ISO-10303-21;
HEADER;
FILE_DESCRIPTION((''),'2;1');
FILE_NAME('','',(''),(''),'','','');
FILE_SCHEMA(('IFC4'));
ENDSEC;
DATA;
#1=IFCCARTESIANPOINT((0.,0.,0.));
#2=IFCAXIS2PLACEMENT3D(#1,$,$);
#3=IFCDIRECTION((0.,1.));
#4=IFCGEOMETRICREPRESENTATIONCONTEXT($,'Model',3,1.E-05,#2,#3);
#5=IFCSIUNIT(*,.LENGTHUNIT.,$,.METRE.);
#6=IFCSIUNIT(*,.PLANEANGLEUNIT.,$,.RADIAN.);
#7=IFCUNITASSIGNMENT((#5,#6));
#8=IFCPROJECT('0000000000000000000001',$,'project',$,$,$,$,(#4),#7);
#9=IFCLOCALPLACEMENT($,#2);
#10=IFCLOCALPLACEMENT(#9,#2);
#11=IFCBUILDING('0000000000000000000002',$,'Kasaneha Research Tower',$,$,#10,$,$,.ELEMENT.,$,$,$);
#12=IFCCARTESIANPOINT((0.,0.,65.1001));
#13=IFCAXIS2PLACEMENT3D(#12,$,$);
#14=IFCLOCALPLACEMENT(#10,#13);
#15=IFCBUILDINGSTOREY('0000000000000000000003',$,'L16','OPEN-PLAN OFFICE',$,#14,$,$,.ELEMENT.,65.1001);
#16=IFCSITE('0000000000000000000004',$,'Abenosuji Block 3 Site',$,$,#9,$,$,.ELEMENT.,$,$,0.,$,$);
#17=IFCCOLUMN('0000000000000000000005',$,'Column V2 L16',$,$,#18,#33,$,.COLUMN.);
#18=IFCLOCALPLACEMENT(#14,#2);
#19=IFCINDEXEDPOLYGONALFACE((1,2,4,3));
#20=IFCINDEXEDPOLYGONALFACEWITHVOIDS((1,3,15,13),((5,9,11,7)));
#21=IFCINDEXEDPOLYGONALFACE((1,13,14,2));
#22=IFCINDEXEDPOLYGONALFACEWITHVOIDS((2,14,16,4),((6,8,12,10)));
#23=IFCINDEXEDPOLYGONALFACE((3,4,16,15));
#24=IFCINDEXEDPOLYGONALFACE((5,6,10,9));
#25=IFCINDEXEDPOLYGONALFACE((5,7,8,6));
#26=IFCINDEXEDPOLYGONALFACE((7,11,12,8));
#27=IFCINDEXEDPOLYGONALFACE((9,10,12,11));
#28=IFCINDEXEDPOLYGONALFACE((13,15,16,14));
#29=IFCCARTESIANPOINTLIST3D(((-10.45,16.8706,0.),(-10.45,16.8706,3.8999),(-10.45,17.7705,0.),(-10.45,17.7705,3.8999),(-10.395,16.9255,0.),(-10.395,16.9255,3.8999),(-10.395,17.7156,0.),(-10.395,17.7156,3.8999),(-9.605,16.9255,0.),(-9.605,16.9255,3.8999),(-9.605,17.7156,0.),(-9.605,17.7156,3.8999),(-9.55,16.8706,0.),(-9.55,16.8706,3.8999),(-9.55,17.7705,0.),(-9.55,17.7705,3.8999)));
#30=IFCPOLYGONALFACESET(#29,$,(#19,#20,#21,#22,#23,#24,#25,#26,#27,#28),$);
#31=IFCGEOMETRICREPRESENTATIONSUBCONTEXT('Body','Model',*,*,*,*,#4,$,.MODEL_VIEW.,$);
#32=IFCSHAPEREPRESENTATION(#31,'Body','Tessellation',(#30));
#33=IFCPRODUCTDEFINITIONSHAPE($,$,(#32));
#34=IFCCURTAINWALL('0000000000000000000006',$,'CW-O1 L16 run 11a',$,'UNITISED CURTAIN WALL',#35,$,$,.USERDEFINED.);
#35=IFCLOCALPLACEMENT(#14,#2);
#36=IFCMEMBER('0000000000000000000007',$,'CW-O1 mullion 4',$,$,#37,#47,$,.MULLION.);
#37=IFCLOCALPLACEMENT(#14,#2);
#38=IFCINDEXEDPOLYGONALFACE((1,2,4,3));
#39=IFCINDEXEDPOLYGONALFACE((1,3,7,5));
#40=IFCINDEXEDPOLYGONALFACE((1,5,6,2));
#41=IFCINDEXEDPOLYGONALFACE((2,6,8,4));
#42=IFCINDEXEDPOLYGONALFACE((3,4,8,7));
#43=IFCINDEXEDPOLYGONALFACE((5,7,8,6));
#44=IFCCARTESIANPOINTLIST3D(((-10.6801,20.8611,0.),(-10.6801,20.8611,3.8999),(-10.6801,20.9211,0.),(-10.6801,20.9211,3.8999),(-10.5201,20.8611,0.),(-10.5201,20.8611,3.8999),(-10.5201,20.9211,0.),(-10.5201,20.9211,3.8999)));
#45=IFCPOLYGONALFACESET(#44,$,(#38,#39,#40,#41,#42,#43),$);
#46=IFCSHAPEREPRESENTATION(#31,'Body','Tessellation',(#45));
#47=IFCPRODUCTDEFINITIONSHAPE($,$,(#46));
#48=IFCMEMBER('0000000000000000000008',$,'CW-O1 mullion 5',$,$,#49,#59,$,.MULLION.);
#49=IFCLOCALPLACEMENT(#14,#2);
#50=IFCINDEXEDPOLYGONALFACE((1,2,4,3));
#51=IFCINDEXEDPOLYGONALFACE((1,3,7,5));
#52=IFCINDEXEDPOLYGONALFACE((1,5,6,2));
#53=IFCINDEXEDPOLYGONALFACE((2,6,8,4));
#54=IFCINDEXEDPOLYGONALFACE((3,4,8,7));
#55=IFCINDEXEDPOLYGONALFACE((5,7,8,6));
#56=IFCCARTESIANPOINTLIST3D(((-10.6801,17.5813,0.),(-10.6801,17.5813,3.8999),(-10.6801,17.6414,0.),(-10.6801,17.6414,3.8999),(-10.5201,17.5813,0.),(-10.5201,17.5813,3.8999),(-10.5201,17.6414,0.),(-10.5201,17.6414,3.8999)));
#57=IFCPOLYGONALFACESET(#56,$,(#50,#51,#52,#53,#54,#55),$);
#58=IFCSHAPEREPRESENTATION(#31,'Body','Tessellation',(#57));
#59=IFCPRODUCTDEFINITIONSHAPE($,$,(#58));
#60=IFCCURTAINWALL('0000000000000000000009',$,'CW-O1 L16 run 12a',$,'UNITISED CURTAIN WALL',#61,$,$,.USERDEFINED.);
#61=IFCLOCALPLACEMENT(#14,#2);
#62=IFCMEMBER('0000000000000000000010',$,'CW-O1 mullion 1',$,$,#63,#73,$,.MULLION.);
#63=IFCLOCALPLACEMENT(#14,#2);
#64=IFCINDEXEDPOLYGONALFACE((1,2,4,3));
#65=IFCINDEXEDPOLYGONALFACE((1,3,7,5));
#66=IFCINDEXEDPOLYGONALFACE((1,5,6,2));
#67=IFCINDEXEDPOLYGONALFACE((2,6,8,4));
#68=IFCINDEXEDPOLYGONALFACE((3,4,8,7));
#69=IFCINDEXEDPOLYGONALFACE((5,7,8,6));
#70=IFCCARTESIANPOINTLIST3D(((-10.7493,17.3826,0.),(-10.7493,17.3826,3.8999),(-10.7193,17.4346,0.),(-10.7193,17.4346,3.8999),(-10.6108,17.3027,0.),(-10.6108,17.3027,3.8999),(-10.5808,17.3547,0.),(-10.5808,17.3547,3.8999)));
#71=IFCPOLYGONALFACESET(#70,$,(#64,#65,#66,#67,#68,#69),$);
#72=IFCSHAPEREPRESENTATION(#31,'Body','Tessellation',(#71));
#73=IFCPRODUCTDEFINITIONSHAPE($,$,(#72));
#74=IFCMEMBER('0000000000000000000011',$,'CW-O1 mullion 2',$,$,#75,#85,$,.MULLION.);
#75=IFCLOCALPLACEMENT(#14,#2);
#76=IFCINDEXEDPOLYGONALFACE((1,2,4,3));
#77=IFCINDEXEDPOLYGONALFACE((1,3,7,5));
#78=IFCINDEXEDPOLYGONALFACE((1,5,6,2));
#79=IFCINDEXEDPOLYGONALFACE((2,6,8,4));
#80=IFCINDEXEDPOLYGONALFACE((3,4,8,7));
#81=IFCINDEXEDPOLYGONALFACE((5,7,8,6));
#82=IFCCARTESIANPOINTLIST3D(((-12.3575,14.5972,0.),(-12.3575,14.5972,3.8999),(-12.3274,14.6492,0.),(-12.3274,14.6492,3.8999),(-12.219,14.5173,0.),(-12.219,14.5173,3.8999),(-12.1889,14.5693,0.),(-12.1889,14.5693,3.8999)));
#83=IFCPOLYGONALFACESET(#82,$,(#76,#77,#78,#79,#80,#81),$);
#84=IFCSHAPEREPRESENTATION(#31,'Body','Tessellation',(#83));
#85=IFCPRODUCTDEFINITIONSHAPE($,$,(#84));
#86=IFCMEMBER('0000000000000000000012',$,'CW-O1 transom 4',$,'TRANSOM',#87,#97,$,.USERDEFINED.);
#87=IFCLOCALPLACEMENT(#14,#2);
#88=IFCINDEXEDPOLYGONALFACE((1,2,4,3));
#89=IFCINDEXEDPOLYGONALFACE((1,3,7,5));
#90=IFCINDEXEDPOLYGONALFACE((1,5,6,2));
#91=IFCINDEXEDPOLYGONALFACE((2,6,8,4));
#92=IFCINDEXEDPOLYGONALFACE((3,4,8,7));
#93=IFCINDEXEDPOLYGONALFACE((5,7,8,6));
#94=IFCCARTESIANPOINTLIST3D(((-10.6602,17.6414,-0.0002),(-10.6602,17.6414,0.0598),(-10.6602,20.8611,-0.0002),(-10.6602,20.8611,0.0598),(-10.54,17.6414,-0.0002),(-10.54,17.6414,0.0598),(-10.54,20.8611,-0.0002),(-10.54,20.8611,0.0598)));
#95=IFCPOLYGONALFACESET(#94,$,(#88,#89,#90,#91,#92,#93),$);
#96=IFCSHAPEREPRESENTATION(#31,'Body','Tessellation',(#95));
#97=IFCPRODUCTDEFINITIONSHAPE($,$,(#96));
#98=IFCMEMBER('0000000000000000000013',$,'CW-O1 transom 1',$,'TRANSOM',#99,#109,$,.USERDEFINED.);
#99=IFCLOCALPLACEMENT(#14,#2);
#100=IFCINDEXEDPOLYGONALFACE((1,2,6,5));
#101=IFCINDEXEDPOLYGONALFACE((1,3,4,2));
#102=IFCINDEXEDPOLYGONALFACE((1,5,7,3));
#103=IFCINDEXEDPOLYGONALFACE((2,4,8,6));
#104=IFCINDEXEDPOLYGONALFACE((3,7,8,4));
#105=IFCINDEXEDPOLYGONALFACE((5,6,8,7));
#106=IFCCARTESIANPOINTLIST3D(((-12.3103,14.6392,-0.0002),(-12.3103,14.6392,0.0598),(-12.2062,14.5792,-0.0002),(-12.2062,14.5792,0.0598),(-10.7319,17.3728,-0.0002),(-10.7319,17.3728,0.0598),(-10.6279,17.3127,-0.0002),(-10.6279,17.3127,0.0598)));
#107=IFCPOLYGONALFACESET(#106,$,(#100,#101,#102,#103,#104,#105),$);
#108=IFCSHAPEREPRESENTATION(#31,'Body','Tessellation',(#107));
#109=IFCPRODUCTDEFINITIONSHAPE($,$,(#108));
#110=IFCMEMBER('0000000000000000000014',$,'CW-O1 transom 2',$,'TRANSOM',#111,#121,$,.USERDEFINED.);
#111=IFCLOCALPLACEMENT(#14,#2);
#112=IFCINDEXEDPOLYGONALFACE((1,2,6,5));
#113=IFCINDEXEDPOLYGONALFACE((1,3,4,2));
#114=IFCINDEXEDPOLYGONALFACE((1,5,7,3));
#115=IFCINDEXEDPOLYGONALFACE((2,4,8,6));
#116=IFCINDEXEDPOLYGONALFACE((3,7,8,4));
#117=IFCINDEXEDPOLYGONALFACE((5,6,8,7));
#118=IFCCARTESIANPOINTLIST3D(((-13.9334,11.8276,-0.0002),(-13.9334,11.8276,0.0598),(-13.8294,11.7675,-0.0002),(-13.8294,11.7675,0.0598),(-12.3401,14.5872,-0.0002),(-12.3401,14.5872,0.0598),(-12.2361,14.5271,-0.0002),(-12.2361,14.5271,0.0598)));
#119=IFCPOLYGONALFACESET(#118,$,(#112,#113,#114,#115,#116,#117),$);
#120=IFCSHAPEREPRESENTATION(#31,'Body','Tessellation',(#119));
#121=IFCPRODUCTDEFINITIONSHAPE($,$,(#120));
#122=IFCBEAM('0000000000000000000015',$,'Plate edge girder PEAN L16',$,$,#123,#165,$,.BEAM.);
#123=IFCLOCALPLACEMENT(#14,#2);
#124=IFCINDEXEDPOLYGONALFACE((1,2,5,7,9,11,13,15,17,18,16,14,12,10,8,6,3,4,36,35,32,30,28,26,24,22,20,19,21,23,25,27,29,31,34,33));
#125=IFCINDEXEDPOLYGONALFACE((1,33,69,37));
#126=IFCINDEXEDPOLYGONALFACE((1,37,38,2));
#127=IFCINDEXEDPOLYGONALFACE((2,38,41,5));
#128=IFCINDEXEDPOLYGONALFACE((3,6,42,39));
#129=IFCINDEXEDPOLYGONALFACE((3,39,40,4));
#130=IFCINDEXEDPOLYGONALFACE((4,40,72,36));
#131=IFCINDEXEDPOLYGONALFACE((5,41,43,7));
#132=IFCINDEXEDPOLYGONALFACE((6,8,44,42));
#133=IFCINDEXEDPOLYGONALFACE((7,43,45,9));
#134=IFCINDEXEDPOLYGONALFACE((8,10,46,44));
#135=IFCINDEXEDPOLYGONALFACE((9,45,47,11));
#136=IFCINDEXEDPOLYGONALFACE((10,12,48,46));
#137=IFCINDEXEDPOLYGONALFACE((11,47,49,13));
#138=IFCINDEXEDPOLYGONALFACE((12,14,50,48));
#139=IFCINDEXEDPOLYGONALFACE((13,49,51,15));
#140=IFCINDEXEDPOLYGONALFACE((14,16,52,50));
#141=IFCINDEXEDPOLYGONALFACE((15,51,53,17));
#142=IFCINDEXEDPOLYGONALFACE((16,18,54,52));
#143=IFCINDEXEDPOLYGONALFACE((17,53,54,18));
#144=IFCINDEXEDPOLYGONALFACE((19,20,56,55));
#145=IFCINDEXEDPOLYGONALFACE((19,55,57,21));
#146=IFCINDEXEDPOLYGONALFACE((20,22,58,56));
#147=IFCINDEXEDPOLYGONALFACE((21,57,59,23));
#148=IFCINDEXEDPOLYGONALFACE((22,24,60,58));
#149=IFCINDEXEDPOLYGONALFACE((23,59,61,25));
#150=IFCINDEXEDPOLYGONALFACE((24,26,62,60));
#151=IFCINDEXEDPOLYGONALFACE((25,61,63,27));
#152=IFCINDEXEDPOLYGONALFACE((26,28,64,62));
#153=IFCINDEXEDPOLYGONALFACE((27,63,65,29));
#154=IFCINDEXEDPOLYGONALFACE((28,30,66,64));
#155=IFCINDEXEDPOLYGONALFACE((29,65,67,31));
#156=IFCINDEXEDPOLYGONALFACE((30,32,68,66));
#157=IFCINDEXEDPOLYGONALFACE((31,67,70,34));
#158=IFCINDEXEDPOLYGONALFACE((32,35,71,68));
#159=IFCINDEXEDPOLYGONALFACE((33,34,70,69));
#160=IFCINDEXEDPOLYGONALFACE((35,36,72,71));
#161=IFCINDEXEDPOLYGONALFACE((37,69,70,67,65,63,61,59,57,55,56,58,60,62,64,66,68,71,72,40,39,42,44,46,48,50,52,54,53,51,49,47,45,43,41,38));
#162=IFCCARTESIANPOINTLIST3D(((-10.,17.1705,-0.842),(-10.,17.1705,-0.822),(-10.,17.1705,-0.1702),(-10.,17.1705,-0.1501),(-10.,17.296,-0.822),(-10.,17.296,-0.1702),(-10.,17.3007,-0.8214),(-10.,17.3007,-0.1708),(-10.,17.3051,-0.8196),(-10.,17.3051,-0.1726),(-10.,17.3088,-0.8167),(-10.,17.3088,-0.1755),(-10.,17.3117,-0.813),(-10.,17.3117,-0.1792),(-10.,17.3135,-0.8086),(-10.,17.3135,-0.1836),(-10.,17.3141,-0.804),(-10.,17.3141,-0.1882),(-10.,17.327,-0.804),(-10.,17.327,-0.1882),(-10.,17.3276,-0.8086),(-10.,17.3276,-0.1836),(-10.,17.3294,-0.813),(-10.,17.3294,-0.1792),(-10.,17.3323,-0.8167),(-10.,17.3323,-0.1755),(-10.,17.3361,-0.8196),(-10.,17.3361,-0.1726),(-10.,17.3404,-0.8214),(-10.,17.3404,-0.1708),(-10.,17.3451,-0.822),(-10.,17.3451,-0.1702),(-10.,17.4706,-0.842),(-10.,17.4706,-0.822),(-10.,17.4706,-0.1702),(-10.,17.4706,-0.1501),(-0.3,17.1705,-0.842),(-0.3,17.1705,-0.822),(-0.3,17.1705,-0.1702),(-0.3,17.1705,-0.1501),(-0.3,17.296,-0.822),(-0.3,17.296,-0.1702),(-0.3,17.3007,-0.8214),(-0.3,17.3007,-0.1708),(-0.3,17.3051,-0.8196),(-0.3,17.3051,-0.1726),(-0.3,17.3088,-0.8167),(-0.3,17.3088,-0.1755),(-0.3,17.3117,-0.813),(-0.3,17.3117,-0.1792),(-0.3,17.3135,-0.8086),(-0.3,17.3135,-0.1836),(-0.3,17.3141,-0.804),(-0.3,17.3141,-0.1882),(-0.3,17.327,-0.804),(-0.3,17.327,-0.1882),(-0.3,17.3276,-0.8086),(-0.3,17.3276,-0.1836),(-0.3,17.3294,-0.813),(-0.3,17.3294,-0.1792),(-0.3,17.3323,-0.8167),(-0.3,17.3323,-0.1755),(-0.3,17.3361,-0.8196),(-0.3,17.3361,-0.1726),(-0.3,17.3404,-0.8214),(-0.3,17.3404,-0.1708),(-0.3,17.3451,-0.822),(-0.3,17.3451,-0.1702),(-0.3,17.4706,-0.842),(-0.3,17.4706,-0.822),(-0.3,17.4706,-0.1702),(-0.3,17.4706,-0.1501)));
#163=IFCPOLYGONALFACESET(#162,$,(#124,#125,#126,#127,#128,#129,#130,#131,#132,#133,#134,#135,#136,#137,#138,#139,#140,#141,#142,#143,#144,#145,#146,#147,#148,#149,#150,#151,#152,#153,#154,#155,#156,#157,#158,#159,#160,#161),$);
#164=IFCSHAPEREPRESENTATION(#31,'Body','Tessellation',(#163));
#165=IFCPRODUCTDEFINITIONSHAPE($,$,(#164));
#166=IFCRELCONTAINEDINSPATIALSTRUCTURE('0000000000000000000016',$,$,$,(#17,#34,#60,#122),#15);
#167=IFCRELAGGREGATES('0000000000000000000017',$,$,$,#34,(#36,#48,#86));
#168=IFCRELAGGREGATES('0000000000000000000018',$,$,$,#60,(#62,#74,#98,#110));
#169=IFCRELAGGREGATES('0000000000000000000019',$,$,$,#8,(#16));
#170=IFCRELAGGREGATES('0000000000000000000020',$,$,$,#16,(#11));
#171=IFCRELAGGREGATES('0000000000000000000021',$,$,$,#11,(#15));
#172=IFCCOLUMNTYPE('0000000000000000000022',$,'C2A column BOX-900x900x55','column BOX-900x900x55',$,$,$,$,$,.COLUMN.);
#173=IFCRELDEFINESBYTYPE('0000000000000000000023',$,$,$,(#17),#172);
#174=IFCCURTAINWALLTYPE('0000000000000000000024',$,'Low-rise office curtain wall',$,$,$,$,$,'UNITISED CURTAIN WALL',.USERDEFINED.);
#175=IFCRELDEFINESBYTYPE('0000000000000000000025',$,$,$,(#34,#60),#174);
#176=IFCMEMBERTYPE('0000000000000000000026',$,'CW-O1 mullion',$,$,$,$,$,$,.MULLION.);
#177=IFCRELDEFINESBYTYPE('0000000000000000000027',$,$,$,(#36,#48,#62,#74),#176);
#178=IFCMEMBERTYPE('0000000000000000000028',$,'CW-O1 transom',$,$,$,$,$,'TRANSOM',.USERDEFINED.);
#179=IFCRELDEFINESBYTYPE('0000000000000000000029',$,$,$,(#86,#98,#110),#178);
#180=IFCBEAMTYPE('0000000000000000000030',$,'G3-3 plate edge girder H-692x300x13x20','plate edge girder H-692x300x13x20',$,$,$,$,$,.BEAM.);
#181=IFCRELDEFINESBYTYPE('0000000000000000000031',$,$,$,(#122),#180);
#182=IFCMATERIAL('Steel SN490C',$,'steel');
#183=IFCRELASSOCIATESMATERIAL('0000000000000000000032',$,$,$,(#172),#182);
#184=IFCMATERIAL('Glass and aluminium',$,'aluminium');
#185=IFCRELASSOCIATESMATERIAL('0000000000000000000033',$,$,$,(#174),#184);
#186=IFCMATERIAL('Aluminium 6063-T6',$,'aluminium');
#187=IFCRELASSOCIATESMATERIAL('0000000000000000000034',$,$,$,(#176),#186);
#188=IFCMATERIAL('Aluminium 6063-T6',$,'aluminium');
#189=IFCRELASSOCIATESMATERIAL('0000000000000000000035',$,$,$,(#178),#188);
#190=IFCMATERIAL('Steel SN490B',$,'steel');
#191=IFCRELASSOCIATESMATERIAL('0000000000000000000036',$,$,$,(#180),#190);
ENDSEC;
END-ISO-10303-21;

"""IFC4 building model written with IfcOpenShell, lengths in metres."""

from ifc_helpers import new_model, si_unit, direction, frame, origin, origin_2d, place, context, subcontext, project, spatial, rectangle, hollow_rectangle, i_section, extrude, material, material_profile, profile_set, type_object, element, aggregate, save


model = new_model("IFC4")

# Units and contexts
model_context = context("Model", 3, precision=1e-05, world=origin(), true_north=direction((0.0, 1.0)))
body_context = subcontext(model_context, "Body", "Model", "MODEL_VIEW")
ifc_project = project(units=[si_unit("LENGTHUNIT", "METRE"), si_unit("PLANEANGLEUNIT", "RADIAN")], contexts=[model_context])

# Site, building, storey
site_placement = place(None, origin())
site = spatial("IfcSite", under=ifc_project, at=site_placement, Name="Abenosuji Block 3 Site", CompositionType="ELEMENT", RefElevation=0.0)
building_placement = place(site_placement, origin())
building = spatial("IfcBuilding", under=site, at=building_placement, Name="Kasaneha Research Tower", CompositionType="ELEMENT")
storey_placement = place(building_placement, frame((0.0, 0.0, 65.1001)))
storey = spatial("IfcBuildingStorey", under=building, at=storey_placement, Name="L16", Description="OPEN-PLAN OFFICE", CompositionType="ELEMENT", Elevation=65.1001)

# Column
ifc_material_1 = material(Name="Steel SN490C", Category="steel")
ifc_material_profile_1 = material_profile(ifc_material_1, hollow_rectangle(XDim=0.8999, YDim=0.8999, WallThickness=0.0549, at=origin_2d()), Name="BOX-900x900x55")
ifc_profile_set_1 = profile_set([ifc_material_profile_1], Name="Steel SN490C")
column_type = type_object("IfcColumnType", Name="C2A column BOX-900x900x55", Description="column BOX-900x900x55", PredefinedType="COLUMN", material=ifc_profile_set_1)
column_placement = place(storey_placement, frame((-10.0, 17.3206, 0.0), z_axis=(0.0, 0.0, 1.0), x_axis=(1.0, 0.0, 0.0)))
element("IfcColumn", 1, at=column_placement, inside=storey, type_object=column_type, Name="Column V2 L16", PredefinedType="COLUMN", context=body_context, shape_type="SweptSolid", body=[
    extrude(hollow_rectangle(XDim=0.8999, YDim=0.8999, WallThickness=0.0549, at=origin_2d()), origin(), (0.0, 0.0, 1.0), 3.8999),
])

# Curtain walls, members
ifc_material_2 = material(Name="Glass and aluminium", Category="aluminium")
curtain_wall_type = type_object("IfcCurtainWallType", Name="Low-rise office curtain wall", ElementType="UNITISED CURTAIN WALL", PredefinedType="USERDEFINED", material=ifc_material_2)
curtain_wall_1_placement = place(storey_placement, origin())
curtain_wall_1 = element("IfcCurtainWall", 2, at=curtain_wall_1_placement, inside=storey, type_object=curtain_wall_type, Name="CW-O1 L16 run 11a", ObjectType="UNITISED CURTAIN WALL", PredefinedType="USERDEFINED")
ifc_material_3 = material(Name="Aluminium 6063-T6", Category="aluminium")
ifc_material_profile_2 = material_profile(ifc_material_3, rectangle(XDim=0.0601, YDim=0.1599, at=origin_2d()), Name="CW-O1 mullion 60x160")
ifc_profile_set_2 = profile_set([ifc_material_profile_2], Name="Aluminium 6063-T6")
member_type_1 = type_object("IfcMemberType", Name="CW-O1 mullion", PredefinedType="MULLION", material=ifc_profile_set_2)
member_1_placement = place(storey_placement, frame((-10.6001, 20.8911, 0.0), z_axis=(0.0, 0.0, 1.0), x_axis=(0.0, -1.0, 0.0)))
member_1 = element("IfcMember", 3, at=member_1_placement, type_object=member_type_1, Name="CW-O1 mullion 4", PredefinedType="MULLION", context=body_context, shape_type="SweptSolid", body=[
    extrude(rectangle(XDim=0.0601, YDim=0.1599, at=origin_2d()), origin(), (0.0, 0.0, 1.0), 3.8999),
])
member_2_placement = place(storey_placement, frame((-10.6001, 17.6113, 0.0), z_axis=(0.0, 0.0, 1.0), x_axis=(0.0, -1.0, 0.0)))
member_2 = element("IfcMember", 4, at=member_2_placement, type_object=member_type_1, Name="CW-O1 mullion 5", PredefinedType="MULLION", context=body_context, shape_type="SweptSolid", body=[
    extrude(rectangle(XDim=0.0601, YDim=0.1599, at=origin_2d()), origin(), (0.0, 0.0, 1.0), 3.8999),
])
curtain_wall_2_placement = place(storey_placement, origin())
curtain_wall_2 = element("IfcCurtainWall", 5, at=curtain_wall_2_placement, inside=storey, type_object=curtain_wall_type, Name="CW-O1 L16 run 12a", ObjectType="UNITISED CURTAIN WALL", PredefinedType="USERDEFINED")
member_3_placement = place(storey_placement, frame((-10.665, 17.3687, 0.0), z_axis=(0.0, 0.0, 1.0), x_axis=(-0.5, -0.866025, 0.0)))
member_3 = element("IfcMember", 6, at=member_3_placement, type_object=member_type_1, Name="CW-O1 mullion 1", PredefinedType="MULLION", context=body_context, shape_type="SweptSolid", body=[
    extrude(rectangle(XDim=0.0601, YDim=0.1599, at=origin_2d()), origin(), (0.0, 0.0, 1.0), 3.8999),
])
member_4_placement = place(storey_placement, frame((-12.2732, 14.5833, 0.0), z_axis=(0.0, 0.0, 1.0), x_axis=(-0.5, -0.866025, 0.0)))
member_4 = element("IfcMember", 7, at=member_4_placement, type_object=member_type_1, Name="CW-O1 mullion 2", PredefinedType="MULLION", context=body_context, shape_type="SweptSolid", body=[
    extrude(rectangle(XDim=0.0601, YDim=0.1599, at=origin_2d()), origin(), (0.0, 0.0, 1.0), 3.8999),
])

# Members
ifc_material_4 = material(Name="Aluminium 6063-T6", Category="aluminium")
ifc_material_profile_3 = material_profile(ifc_material_4, rectangle(XDim=0.1201, YDim=0.0601, at=origin_2d()), Name="CW-O1 transom 120x60")
ifc_profile_set_3 = profile_set([ifc_material_profile_3], Name="Aluminium 6063-T6")
member_type_2 = type_object("IfcMemberType", Name="CW-O1 transom", ElementType="TRANSOM", PredefinedType="USERDEFINED", material=ifc_profile_set_3)
member_5_placement = place(storey_placement, frame((-10.6001, 20.8611, 0.0298), z_axis=(0.0, -1.0, 0.0), x_axis=(1.0, 0.0, 0.0)))
member_5 = element("IfcMember", 8, at=member_5_placement, type_object=member_type_2, Name="CW-O1 transom 4", ObjectType="TRANSOM", PredefinedType="USERDEFINED", context=body_context, shape_type="SweptSolid", body=[
    extrude(rectangle(XDim=0.1201, YDim=0.0601, at=origin_2d()), origin(), (0.0, 0.0, 1.0), 3.2197),
])
member_6_placement = place(storey_placement, frame((-10.6799, 17.3428, 0.0298), z_axis=(-0.500024, -0.866012, 0.0), x_axis=(0.866012, -0.500024, 0.0)))
member_6 = element("IfcMember", 9, at=member_6_placement, type_object=member_type_2, Name="CW-O1 transom 1", ObjectType="TRANSOM", PredefinedType="USERDEFINED", context=body_context, shape_type="SweptSolid", body=[
    extrude(rectangle(XDim=0.1201, YDim=0.0601, at=origin_2d()), origin(), (0.0, 0.0, 1.0), 3.1565),
])
member_7_placement = place(storey_placement, frame((-12.2881, 14.5571, 0.0298), z_axis=(-0.500012, -0.866018, 0.0), x_axis=(0.866018, -0.500012, 0.0)))
member_7 = element("IfcMember", 10, at=member_7_placement, type_object=member_type_2, Name="CW-O1 transom 2", ObjectType="TRANSOM", PredefinedType="USERDEFINED", context=body_context, shape_type="SweptSolid", body=[
    extrude(rectangle(XDim=0.1201, YDim=0.0601, at=origin_2d()), origin(), (0.0, 0.0, 1.0), 3.1865),
])

# Beam
ifc_material_5 = material(Name="Steel SN490B", Category="steel")
ifc_material_profile_4 = material_profile(ifc_material_5, i_section(OverallWidth=0.3, OverallDepth=0.6919, WebThickness=0.0129, FlangeThickness=0.02, FilletRadius=0.0181, at=origin_2d()), Name="H-692x300x13x20")
ifc_profile_set_4 = profile_set([ifc_material_profile_4], Name="Steel SN490B")
beam_type_1 = type_object("IfcBeamType", Name="G3-3 plate edge girder H-692x300x13x20", Description="plate edge girder H-692x300x13x20", PredefinedType="BEAM", material=ifc_profile_set_4)
beam_1_placement = place(storey_placement, frame((-10.0, 17.3206, -0.4961), z_axis=(1.0, 0.0, 0.0), x_axis=(0.0, 1.0, 0.0)))
element("IfcBeam", 11, at=beam_1_placement, inside=storey, type_object=beam_type_1, Name="Plate edge girder PEAN L16", PredefinedType="BEAM", context=body_context, shape_type="SweptSolid", body=[
    extrude(i_section(OverallWidth=0.3, OverallDepth=0.6919, WebThickness=0.0129, FlangeThickness=0.02, FilletRadius=0.0181, at=origin_2d()), origin(), (0.0, 0.0, 1.0), 9.7),
])

aggregate(curtain_wall_1, [member_1, member_2, member_5])
aggregate(curtain_wall_2, [member_3, member_4, member_6, member_7])

save(model, "model.ifc")
